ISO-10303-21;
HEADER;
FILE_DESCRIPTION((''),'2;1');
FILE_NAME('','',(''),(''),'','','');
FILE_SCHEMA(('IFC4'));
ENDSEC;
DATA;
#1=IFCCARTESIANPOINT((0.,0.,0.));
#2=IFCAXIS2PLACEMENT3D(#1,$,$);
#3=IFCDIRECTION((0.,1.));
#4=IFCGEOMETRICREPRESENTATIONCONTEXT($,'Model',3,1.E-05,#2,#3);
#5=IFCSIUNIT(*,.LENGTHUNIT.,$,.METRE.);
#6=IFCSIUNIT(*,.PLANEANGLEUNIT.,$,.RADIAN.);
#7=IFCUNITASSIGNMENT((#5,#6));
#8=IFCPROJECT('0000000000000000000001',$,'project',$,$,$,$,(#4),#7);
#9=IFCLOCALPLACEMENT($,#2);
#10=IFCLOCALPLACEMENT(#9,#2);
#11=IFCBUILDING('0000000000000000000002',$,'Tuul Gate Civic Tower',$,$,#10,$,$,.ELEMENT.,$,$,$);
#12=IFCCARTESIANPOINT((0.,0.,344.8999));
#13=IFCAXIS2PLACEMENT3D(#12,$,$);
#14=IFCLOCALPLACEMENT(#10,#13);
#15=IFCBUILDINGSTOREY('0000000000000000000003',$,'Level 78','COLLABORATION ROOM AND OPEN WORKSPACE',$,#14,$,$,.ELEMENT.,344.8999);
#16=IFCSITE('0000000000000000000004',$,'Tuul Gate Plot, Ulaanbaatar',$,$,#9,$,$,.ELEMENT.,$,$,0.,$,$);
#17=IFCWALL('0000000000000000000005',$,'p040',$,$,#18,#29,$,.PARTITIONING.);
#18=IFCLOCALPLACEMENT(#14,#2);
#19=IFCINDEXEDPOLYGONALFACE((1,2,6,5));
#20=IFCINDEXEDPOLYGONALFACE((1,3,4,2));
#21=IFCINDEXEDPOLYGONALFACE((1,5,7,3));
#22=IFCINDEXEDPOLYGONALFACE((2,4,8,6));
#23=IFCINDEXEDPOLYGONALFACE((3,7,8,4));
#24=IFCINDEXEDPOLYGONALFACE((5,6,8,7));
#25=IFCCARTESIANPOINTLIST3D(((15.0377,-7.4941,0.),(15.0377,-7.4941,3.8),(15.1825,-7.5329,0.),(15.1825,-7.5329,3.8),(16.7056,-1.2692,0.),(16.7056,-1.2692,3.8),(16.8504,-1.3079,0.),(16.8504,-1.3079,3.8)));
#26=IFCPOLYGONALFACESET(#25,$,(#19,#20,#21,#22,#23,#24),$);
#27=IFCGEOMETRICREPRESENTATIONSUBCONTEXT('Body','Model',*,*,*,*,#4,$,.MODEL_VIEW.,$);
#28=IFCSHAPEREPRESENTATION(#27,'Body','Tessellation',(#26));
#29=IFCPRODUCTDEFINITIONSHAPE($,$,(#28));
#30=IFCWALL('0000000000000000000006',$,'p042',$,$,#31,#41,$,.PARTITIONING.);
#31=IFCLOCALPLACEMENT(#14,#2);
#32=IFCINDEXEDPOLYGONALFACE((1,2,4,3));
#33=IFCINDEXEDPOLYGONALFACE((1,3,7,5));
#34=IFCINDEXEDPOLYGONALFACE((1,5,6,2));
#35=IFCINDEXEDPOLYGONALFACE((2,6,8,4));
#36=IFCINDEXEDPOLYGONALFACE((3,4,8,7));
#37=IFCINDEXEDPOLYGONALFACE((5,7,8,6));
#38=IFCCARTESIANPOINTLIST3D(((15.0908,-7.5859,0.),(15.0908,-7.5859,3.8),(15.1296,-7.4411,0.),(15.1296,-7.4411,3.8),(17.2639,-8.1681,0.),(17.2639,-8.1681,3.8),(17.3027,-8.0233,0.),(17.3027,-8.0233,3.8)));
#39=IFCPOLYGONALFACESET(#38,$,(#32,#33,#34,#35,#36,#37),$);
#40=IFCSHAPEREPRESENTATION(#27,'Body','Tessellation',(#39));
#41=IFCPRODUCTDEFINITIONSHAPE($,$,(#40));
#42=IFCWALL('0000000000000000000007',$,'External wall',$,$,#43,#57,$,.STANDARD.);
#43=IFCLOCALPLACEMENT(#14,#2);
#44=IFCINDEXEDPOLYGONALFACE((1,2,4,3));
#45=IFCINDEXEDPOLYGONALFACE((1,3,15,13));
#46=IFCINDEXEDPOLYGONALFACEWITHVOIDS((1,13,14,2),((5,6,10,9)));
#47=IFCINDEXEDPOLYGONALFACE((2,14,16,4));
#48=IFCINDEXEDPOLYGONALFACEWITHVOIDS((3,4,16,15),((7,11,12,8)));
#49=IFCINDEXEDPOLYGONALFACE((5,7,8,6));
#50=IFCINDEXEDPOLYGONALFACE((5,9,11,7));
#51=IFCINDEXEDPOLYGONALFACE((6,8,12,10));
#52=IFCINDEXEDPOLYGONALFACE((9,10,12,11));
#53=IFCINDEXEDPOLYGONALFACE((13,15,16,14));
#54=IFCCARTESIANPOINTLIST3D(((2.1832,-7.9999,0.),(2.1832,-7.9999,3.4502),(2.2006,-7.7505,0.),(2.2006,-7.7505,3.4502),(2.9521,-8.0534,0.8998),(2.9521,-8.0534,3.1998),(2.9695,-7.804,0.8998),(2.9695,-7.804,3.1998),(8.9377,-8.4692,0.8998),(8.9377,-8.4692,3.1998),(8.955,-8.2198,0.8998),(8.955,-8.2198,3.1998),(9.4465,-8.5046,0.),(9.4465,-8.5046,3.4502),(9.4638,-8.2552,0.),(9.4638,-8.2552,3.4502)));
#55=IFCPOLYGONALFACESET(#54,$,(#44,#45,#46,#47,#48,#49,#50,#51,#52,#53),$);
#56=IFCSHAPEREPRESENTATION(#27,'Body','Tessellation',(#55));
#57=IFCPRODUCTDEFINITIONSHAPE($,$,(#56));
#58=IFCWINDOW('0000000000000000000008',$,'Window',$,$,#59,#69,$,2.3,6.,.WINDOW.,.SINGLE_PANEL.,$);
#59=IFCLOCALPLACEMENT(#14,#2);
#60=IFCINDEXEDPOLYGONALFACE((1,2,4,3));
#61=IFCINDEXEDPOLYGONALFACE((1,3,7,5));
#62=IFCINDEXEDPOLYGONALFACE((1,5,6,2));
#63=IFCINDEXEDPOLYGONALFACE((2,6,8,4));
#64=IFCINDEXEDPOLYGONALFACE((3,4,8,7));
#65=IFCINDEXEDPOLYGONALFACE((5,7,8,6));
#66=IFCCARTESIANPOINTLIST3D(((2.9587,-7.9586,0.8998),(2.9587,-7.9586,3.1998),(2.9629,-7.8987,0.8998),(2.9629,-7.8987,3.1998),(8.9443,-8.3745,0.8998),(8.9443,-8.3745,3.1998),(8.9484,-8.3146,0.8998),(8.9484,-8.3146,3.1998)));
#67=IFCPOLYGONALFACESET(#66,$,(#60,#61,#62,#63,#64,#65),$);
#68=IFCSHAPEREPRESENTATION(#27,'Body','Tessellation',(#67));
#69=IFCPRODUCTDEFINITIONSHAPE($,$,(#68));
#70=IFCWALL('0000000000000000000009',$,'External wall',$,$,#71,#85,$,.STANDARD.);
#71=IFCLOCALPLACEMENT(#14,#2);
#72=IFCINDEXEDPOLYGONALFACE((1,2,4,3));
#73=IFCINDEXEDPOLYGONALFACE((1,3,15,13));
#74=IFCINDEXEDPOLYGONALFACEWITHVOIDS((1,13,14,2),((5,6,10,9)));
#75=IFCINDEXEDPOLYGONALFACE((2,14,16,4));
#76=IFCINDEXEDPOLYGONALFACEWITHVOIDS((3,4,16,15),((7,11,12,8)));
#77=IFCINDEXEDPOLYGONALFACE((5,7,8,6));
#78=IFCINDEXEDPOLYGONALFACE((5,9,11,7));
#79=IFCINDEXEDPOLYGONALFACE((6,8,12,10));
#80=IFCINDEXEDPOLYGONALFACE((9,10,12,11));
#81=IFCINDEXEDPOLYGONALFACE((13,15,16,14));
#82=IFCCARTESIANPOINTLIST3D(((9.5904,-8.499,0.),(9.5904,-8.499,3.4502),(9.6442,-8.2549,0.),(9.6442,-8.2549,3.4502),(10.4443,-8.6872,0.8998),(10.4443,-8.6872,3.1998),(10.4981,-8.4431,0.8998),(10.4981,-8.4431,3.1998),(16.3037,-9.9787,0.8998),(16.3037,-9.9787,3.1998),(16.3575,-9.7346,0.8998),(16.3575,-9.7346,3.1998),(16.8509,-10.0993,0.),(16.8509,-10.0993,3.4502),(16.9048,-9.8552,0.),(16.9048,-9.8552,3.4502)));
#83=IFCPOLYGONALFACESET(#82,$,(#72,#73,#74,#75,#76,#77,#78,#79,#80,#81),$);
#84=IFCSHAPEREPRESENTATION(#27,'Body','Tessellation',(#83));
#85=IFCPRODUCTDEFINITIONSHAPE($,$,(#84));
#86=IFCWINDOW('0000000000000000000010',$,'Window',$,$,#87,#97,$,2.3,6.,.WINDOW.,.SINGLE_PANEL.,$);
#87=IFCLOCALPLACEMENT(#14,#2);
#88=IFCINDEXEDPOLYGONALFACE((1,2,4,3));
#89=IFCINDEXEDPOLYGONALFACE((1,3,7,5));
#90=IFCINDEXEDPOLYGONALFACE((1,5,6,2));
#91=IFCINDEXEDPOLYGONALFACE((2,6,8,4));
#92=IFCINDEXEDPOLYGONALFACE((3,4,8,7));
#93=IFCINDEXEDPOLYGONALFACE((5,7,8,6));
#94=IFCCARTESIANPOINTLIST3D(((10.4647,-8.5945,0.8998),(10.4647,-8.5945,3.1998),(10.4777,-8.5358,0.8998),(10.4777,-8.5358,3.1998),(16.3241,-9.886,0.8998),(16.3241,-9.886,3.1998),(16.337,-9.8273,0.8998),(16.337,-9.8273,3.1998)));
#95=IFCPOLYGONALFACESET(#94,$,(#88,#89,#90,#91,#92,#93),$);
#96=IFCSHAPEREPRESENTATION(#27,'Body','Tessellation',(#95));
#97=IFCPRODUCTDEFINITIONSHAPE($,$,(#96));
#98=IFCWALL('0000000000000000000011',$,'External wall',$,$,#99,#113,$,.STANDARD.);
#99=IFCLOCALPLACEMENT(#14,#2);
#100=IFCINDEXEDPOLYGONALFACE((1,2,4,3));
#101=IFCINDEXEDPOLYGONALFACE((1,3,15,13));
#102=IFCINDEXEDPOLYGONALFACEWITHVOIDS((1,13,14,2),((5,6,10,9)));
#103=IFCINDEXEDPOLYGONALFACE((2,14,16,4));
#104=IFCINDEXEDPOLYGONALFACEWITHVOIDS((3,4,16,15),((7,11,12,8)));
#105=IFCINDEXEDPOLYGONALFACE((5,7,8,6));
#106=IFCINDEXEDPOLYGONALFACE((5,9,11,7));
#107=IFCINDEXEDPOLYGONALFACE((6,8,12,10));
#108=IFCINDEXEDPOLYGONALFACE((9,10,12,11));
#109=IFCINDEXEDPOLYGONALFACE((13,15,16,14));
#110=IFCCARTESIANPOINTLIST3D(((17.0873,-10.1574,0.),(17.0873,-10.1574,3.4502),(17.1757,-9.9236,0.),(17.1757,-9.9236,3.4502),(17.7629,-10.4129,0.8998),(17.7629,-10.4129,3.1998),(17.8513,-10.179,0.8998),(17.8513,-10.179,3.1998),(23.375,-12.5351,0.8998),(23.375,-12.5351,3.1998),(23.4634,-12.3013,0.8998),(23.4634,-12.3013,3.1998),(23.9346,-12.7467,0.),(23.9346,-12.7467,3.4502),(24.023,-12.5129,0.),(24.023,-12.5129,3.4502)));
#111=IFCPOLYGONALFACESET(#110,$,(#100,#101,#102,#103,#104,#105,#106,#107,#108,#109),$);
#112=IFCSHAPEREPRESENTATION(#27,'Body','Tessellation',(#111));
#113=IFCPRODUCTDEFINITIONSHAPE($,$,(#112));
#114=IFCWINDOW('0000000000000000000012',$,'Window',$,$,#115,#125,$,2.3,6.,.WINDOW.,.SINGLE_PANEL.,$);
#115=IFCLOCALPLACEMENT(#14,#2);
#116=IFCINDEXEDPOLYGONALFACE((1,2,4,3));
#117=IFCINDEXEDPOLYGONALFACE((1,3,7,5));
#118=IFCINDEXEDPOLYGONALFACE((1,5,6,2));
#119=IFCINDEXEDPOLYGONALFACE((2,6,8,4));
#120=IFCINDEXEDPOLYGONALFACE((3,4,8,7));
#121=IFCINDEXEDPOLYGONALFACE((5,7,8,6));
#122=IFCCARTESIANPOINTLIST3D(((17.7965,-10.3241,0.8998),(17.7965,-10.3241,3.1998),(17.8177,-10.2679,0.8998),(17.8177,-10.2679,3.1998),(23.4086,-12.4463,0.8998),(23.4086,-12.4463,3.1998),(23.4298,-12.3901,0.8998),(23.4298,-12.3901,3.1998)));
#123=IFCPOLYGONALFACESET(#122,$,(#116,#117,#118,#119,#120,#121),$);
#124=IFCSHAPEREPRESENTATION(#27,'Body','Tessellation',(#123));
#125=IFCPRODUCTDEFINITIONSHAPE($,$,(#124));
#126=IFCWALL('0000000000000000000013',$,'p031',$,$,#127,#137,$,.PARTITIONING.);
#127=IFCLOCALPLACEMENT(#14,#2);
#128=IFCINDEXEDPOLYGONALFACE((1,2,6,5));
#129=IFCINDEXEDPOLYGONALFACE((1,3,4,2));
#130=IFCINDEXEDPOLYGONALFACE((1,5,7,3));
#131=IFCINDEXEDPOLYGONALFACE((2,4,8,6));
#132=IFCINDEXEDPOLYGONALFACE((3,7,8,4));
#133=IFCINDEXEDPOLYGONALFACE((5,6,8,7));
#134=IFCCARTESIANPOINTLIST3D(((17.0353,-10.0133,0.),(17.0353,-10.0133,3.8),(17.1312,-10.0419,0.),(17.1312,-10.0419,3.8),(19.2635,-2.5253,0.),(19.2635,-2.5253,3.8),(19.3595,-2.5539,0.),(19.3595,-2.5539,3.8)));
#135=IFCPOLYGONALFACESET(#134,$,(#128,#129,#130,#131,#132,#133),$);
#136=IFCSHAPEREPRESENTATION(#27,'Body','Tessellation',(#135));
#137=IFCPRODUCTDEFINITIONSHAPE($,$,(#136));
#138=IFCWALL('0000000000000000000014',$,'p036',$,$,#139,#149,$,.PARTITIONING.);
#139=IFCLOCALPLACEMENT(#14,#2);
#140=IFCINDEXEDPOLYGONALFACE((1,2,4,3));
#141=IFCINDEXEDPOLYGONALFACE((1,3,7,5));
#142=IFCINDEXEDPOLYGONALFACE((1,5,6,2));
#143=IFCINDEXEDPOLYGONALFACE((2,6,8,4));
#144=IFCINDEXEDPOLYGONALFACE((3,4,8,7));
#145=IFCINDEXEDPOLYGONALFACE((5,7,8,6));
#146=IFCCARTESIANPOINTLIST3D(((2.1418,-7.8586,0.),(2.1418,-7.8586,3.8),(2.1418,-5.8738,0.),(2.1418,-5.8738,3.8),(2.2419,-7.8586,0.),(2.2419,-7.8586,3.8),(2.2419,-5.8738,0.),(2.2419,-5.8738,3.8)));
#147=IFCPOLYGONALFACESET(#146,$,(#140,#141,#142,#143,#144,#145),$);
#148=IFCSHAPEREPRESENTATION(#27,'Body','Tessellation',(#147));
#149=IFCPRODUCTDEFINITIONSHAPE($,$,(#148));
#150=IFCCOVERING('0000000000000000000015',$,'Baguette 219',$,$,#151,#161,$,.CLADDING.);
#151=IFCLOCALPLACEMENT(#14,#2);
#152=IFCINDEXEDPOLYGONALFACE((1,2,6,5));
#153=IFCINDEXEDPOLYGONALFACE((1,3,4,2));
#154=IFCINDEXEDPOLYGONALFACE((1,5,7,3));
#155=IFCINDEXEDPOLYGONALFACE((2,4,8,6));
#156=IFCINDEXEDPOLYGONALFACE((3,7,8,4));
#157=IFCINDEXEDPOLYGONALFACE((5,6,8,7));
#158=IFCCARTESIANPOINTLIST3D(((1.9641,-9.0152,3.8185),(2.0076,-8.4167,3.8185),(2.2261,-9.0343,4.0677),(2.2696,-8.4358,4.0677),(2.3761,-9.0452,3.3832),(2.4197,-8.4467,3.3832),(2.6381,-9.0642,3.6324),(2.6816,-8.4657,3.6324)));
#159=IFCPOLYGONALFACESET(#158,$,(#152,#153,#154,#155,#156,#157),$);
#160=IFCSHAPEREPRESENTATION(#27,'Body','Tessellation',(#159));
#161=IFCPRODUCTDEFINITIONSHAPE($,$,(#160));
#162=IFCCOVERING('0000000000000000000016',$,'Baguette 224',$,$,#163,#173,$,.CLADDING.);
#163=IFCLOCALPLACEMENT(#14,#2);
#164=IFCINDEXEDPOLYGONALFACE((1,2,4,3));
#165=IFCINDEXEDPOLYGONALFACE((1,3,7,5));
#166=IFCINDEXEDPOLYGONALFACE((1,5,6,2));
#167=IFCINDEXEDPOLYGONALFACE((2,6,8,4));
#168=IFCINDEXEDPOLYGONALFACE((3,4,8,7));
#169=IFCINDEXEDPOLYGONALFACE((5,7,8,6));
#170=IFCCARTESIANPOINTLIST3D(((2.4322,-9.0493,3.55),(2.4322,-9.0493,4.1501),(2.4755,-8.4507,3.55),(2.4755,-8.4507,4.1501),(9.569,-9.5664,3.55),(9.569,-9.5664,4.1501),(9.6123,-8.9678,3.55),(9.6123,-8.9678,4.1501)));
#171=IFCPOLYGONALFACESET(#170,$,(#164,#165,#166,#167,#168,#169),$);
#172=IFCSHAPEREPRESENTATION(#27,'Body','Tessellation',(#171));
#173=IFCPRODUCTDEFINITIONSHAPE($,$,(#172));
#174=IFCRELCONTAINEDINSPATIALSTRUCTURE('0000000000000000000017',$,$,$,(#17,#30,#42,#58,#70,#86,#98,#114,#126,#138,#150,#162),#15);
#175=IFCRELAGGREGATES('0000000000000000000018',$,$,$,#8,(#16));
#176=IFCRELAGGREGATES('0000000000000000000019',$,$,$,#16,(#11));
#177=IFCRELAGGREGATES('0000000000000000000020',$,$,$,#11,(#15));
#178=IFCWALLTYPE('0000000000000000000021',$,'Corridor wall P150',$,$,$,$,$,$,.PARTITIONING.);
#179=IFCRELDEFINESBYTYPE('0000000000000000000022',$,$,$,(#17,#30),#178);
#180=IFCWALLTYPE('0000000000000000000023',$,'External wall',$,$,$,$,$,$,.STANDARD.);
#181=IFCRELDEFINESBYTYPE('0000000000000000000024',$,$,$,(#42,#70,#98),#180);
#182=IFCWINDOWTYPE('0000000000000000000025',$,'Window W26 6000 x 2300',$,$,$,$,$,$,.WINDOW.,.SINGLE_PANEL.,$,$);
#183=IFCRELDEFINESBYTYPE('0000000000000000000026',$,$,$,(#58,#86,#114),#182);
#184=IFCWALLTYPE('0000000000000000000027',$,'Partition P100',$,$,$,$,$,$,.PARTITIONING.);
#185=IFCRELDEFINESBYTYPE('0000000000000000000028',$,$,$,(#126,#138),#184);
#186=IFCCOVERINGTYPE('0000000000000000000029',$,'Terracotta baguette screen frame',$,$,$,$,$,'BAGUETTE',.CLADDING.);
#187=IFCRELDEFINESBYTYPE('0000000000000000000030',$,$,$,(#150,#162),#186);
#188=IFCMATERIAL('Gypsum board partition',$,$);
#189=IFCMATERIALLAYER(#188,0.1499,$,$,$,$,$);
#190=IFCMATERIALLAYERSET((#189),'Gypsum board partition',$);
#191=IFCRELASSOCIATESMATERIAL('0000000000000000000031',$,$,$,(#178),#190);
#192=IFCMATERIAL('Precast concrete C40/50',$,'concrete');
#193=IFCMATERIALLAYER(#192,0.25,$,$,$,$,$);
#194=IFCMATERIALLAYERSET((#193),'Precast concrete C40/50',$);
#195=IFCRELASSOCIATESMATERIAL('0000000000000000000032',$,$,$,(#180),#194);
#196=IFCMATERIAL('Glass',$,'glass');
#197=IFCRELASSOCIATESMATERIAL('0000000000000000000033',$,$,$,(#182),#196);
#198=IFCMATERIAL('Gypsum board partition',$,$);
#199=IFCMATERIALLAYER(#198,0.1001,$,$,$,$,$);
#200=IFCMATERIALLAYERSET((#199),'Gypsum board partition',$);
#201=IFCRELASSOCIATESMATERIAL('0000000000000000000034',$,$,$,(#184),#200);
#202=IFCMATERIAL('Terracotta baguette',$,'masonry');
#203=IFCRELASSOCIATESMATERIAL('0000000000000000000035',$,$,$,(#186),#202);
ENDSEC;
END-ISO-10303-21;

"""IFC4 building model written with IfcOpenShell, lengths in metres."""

from ifc_helpers import new_model, si_unit, direction, frame, frame_2d, origin, origin_2d, place, context, subcontext, project, spatial, rectangle, extrude, material, layer, layer_set, material_profile, profile_set, type_object, element, fill, save


model = new_model("IFC4")

# Units and contexts
model_context = context("Model", 3, precision=1e-05, world=origin(), true_north=direction((0.0, 1.0)))
body_context = subcontext(model_context, "Body", "Model", "MODEL_VIEW")
ifc_project = project(units=[si_unit("LENGTHUNIT", "METRE"), si_unit("PLANEANGLEUNIT", "RADIAN")], contexts=[model_context])

# Site, building, storey
site_placement = place(None, origin())
site = spatial("IfcSite", under=ifc_project, at=site_placement, Name="Tuul Gate Plot, Ulaanbaatar", CompositionType="ELEMENT", RefElevation=0.0)
building_placement = place(site_placement, origin())
building = spatial("IfcBuilding", under=site, at=building_placement, Name="Tuul Gate Civic Tower", CompositionType="ELEMENT")
storey_placement = place(building_placement, frame((0.0, 0.0, 344.8999)))
storey = spatial("IfcBuildingStorey", under=building, at=storey_placement, Name="Level 78", Description="COLLABORATION ROOM AND OPEN WORKSPACE", CompositionType="ELEMENT", Elevation=344.8999)

# Walls
ifc_material_1 = material(Name="Gypsum board partition")
ifc_layer_1 = layer(ifc_material_1, 0.1499)
ifc_layer_set_1 = layer_set([ifc_layer_1], Name="Gypsum board partition")
wall_type_1 = type_object("IfcWallType", Name="Corridor wall P150", PredefinedType="PARTITIONING", material=ifc_layer_set_1)
wall_1_placement = place(storey_placement, frame((15.1101, -7.5134, 0.0), z_axis=(0.0, 0.0, 1.0), x_axis=(0.258813, 0.965927, 0.0)))
element("IfcWall", 1, at=wall_1_placement, inside=storey, type_object=wall_type_1, Name="p040", PredefinedType="PARTITIONING", context=body_context, shape_type="SweptSolid", body=[
    extrude(rectangle(XDim=6.4446, YDim=0.1499, at=frame_2d((3.2222, 0.0))), origin(), (0.0, 0.0, 1.0), 3.8),
])
wall_2_placement = place(storey_placement, frame((15.1101, -7.5134, 0.0), z_axis=(0.0, 0.0, 1.0), x_axis=(0.965926, -0.258817, 0.0)))
element("IfcWall", 2, at=wall_2_placement, inside=storey, type_object=wall_type_1, Name="p042", PredefinedType="PARTITIONING", context=body_context, shape_type="SweptSolid", body=[
    extrude(rectangle(XDim=2.2498, YDim=0.1499, at=frame_2d((1.125, 0.0))), origin(), (0.0, 0.0, 1.0), 3.8),
])

# Walls, openings, windows
ifc_material_2 = material(Name="Precast concrete C40/50", Category="concrete")
ifc_layer_2 = layer(ifc_material_2, 0.25)
ifc_layer_set_2 = layer_set([ifc_layer_2], Name="Precast concrete C40/50")
wall_type_2 = type_object("IfcWallType", Name="External wall", PredefinedType="STANDARD", material=ifc_layer_set_2)
wall_3_placement = place(storey_placement, frame((2.1919, -7.8752, 0.0), z_axis=(0.0, 0.0, 1.0), x_axis=(0.997595, -0.069312, 0.0)))
wall_3 = element("IfcWall", 3, at=wall_3_placement, inside=storey, type_object=wall_type_2, Name="External wall", PredefinedType="STANDARD", context=body_context, shape_type="SweptSolid", body=[
    extrude(rectangle(XDim=7.2808, YDim=0.25, at=frame_2d((3.6404, 0.0))), origin(), (0.0, 0.0, 1.0), 3.4502),
])
opening_1_placement = place(wall_3_placement, frame((0.7708, 0.0, 0.8999)))
opening_1 = element("IfcOpeningElement", 4, at=opening_1_placement, cuts=wall_3, PredefinedType="OPENING", context=body_context, shape_type="SweptSolid", body=[
    extrude(rectangle(XDim=6.0, YDim=2.3, at=frame_2d((3.0, 1.1499))), frame((0.0, 0.135, 0.0), z_axis=(0.0, -1.0, 0.0), x_axis=(1.0, 0.0, 0.0)), (0.0, 0.0, 1.0), 0.27),
])
ifc_material_3 = material(Name="Glass", Category="glass")
window_type = type_object("IfcWindowType", Name="Window W26 6000 x 2300", PartitioningType="SINGLE_PANEL", PredefinedType="WINDOW", material=ifc_material_3)
window_1_placement = place(opening_1_placement, origin())
window_1 = element("IfcWindow", 5, at=window_1_placement, inside=storey, type_object=window_type, Name="Window", OverallHeight=2.3, OverallWidth=6.0, PartitioningType="SINGLE_PANEL", PredefinedType="WINDOW", context=body_context, shape_type="SweptSolid", body=[
    extrude(rectangle(XDim=6.0, YDim=2.3, at=frame_2d((3.0, 1.1499))), frame((0.0, 0.03, 0.0), z_axis=(0.0, -1.0, 0.0), x_axis=(1.0, 0.0, 0.0)), (0.0, 0.0, 1.0), 0.0601),
])
fill(opening_1, window_1)
wall_4_placement = place(storey_placement, frame((9.6174, -8.377, 0.0), z_axis=(0.0, 0.0, 1.0), x_axis=(0.976559, -0.215251, 0.0)))
wall_4 = element("IfcWall", 6, at=wall_4_placement, inside=storey, type_object=wall_type_2, Name="External wall", PredefinedType="STANDARD", context=body_context, shape_type="SweptSolid", body=[
    extrude(rectangle(XDim=7.4348, YDim=0.25, at=frame_2d((3.7173, 0.0))), origin(), (0.0, 0.0, 1.0), 3.4502),
])
opening_2_placement = place(wall_4_placement, frame((0.8743, 0.0, 0.8999)))
opening_2 = element("IfcOpeningElement", 7, at=opening_2_placement, cuts=wall_4, PredefinedType="OPENING", context=body_context, shape_type="SweptSolid", body=[
    extrude(rectangle(XDim=6.0, YDim=2.3, at=frame_2d((3.0, 1.1499))), frame((0.0, 0.135, 0.0), z_axis=(0.0, -1.0, 0.0), x_axis=(1.0, 0.0, 0.0)), (0.0, 0.0, 1.0), 0.27),
])
window_2_placement = place(opening_2_placement, origin())
window_2 = element("IfcWindow", 8, at=window_2_placement, inside=storey, type_object=window_type, Name="Window", OverallHeight=2.3, OverallWidth=6.0, PartitioningType="SINGLE_PANEL", PredefinedType="WINDOW", context=body_context, shape_type="SweptSolid", body=[
    extrude(rectangle(XDim=6.0, YDim=2.3, at=frame_2d((3.0, 1.1499))), frame((0.0, 0.03, 0.0), z_axis=(0.0, -1.0, 0.0), x_axis=(1.0, 0.0, 0.0)), (0.0, 0.0, 1.0), 0.0601),
])
fill(opening_2, window_2)
wall_5_placement = place(storey_placement, frame((17.1316, -10.0405, 0.0), z_axis=(0.0, 0.0, 1.0), x_axis=(0.935357, -0.353706, 0.0)))
wall_5 = element("IfcWall", 9, at=wall_5_placement, inside=storey, type_object=wall_type_2, Name="External wall", PredefinedType="STANDARD", context=body_context, shape_type="SweptSolid", body=[
    extrude(rectangle(XDim=7.3206, YDim=0.25, at=frame_2d((3.6602, 0.0))), origin(), (0.0, 0.0, 1.0), 3.4502),
])
opening_3_placement = place(wall_5_placement, frame((0.7222, 0.0, 0.8999)))
opening_3 = element("IfcOpeningElement", 10, at=opening_3_placement, cuts=wall_5, PredefinedType="OPENING", context=body_context, shape_type="SweptSolid", body=[
    extrude(rectangle(XDim=6.0, YDim=2.3, at=frame_2d((3.0, 1.1499))), frame((0.0, 0.135, 0.0), z_axis=(0.0, -1.0, 0.0), x_axis=(1.0, 0.0, 0.0)), (0.0, 0.0, 1.0), 0.27),
])
window_3_placement = place(opening_3_placement, origin())
window_3 = element("IfcWindow", 11, at=window_3_placement, inside=storey, type_object=window_type, Name="Window", OverallHeight=2.3, OverallWidth=6.0, PartitioningType="SINGLE_PANEL", PredefinedType="WINDOW", context=body_context, shape_type="SweptSolid", body=[
    extrude(rectangle(XDim=6.0, YDim=2.3, at=frame_2d((3.0, 1.1499))), frame((0.0, 0.03, 0.0), z_axis=(0.0, -1.0, 0.0), x_axis=(1.0, 0.0, 0.0)), (0.0, 0.0, 1.0), 0.0601),
])
fill(opening_3, window_3)

# Walls
ifc_material_4 = material(Name="Gypsum board partition")
ifc_layer_3 = layer(ifc_material_4, 0.1001)
ifc_layer_set_3 = layer_set([ifc_layer_3], Name="Gypsum board partition")
wall_type_3 = type_object("IfcWallType", Name="Partition P100", PredefinedType="PARTITIONING", material=ifc_layer_set_3)
wall_6_placement = place(storey_placement, frame((17.0833, -10.0276, 0.0), z_axis=(0.0, 0.0, 1.0), x_axis=(0.285217, 0.958463, 0.0)))
element("IfcWall", 12, at=wall_6_placement, inside=storey, type_object=wall_type_3, Name="p031", PredefinedType="PARTITIONING", context=body_context, shape_type="SweptSolid", body=[
    extrude(rectangle(XDim=7.8125, YDim=0.1001, at=frame_2d((3.9062, 0.0))), origin(), (0.0, 0.0, 1.0), 3.8),
])
wall_7_placement = place(storey_placement, frame((2.1919, -7.8586, 0.0), z_axis=(0.0, 0.0, 1.0), x_axis=(0.0, 1.0, 0.0)))
element("IfcWall", 13, at=wall_7_placement, inside=storey, type_object=wall_type_3, Name="p036", PredefinedType="PARTITIONING", context=body_context, shape_type="SweptSolid", body=[
    extrude(rectangle(XDim=1.9849, YDim=0.1001, at=frame_2d((0.9924, 0.0))), origin(), (0.0, 0.0, 1.0), 3.8),
])

# Coverings
ifc_material_5 = material(Name="Terracotta baguette", Category="masonry")
ifc_material_profile_1 = material_profile(ifc_material_5, rectangle(XDim=0.6001, YDim=0.6001, at=origin_2d()), Name="Terracotta baguette screen frame")
ifc_profile_set_1 = profile_set([ifc_material_profile_1], Name="Terracotta baguette")
covering_type = type_object("IfcCoveringType", Name="Terracotta baguette screen frame", ElementType="BAGUETTE", PredefinedType="CLADDING", material=ifc_profile_set_1)
covering_1_placement = place(storey_placement, frame((2.1919, -8.731, 3.6008), z_axis=(0.72344, -0.052589, 0.688381), x_axis=(0.072502, 0.997368, 0.0)))
element("IfcCovering", 14, at=covering_1_placement, inside=storey, type_object=covering_type, Name="Baguette 219", PredefinedType="CLADDING", context=body_context, shape_type="SweptSolid", body=[
    extrude(rectangle(XDim=0.6001, YDim=0.6001, at=origin_2d()), origin(), (0.0, 0.0, 1.0), 0.3621),
])
covering_2_placement = place(storey_placement, frame((2.4539, -8.75, 3.8501), z_axis=(0.997385, -0.072265, 0.0), x_axis=(0.072265, 0.997385, 0.0)))
element("IfcCovering", 15, at=covering_2_placement, inside=storey, type_object=covering_type, Name="Baguette 224", PredefinedType="CLADDING", context=body_context, shape_type="SweptSolid", body=[
    extrude(rectangle(XDim=0.6001, YDim=0.6001, at=origin_2d()), origin(), (0.0, 0.0, 1.0), 7.1555),
])

save(model, "model.ifc")
